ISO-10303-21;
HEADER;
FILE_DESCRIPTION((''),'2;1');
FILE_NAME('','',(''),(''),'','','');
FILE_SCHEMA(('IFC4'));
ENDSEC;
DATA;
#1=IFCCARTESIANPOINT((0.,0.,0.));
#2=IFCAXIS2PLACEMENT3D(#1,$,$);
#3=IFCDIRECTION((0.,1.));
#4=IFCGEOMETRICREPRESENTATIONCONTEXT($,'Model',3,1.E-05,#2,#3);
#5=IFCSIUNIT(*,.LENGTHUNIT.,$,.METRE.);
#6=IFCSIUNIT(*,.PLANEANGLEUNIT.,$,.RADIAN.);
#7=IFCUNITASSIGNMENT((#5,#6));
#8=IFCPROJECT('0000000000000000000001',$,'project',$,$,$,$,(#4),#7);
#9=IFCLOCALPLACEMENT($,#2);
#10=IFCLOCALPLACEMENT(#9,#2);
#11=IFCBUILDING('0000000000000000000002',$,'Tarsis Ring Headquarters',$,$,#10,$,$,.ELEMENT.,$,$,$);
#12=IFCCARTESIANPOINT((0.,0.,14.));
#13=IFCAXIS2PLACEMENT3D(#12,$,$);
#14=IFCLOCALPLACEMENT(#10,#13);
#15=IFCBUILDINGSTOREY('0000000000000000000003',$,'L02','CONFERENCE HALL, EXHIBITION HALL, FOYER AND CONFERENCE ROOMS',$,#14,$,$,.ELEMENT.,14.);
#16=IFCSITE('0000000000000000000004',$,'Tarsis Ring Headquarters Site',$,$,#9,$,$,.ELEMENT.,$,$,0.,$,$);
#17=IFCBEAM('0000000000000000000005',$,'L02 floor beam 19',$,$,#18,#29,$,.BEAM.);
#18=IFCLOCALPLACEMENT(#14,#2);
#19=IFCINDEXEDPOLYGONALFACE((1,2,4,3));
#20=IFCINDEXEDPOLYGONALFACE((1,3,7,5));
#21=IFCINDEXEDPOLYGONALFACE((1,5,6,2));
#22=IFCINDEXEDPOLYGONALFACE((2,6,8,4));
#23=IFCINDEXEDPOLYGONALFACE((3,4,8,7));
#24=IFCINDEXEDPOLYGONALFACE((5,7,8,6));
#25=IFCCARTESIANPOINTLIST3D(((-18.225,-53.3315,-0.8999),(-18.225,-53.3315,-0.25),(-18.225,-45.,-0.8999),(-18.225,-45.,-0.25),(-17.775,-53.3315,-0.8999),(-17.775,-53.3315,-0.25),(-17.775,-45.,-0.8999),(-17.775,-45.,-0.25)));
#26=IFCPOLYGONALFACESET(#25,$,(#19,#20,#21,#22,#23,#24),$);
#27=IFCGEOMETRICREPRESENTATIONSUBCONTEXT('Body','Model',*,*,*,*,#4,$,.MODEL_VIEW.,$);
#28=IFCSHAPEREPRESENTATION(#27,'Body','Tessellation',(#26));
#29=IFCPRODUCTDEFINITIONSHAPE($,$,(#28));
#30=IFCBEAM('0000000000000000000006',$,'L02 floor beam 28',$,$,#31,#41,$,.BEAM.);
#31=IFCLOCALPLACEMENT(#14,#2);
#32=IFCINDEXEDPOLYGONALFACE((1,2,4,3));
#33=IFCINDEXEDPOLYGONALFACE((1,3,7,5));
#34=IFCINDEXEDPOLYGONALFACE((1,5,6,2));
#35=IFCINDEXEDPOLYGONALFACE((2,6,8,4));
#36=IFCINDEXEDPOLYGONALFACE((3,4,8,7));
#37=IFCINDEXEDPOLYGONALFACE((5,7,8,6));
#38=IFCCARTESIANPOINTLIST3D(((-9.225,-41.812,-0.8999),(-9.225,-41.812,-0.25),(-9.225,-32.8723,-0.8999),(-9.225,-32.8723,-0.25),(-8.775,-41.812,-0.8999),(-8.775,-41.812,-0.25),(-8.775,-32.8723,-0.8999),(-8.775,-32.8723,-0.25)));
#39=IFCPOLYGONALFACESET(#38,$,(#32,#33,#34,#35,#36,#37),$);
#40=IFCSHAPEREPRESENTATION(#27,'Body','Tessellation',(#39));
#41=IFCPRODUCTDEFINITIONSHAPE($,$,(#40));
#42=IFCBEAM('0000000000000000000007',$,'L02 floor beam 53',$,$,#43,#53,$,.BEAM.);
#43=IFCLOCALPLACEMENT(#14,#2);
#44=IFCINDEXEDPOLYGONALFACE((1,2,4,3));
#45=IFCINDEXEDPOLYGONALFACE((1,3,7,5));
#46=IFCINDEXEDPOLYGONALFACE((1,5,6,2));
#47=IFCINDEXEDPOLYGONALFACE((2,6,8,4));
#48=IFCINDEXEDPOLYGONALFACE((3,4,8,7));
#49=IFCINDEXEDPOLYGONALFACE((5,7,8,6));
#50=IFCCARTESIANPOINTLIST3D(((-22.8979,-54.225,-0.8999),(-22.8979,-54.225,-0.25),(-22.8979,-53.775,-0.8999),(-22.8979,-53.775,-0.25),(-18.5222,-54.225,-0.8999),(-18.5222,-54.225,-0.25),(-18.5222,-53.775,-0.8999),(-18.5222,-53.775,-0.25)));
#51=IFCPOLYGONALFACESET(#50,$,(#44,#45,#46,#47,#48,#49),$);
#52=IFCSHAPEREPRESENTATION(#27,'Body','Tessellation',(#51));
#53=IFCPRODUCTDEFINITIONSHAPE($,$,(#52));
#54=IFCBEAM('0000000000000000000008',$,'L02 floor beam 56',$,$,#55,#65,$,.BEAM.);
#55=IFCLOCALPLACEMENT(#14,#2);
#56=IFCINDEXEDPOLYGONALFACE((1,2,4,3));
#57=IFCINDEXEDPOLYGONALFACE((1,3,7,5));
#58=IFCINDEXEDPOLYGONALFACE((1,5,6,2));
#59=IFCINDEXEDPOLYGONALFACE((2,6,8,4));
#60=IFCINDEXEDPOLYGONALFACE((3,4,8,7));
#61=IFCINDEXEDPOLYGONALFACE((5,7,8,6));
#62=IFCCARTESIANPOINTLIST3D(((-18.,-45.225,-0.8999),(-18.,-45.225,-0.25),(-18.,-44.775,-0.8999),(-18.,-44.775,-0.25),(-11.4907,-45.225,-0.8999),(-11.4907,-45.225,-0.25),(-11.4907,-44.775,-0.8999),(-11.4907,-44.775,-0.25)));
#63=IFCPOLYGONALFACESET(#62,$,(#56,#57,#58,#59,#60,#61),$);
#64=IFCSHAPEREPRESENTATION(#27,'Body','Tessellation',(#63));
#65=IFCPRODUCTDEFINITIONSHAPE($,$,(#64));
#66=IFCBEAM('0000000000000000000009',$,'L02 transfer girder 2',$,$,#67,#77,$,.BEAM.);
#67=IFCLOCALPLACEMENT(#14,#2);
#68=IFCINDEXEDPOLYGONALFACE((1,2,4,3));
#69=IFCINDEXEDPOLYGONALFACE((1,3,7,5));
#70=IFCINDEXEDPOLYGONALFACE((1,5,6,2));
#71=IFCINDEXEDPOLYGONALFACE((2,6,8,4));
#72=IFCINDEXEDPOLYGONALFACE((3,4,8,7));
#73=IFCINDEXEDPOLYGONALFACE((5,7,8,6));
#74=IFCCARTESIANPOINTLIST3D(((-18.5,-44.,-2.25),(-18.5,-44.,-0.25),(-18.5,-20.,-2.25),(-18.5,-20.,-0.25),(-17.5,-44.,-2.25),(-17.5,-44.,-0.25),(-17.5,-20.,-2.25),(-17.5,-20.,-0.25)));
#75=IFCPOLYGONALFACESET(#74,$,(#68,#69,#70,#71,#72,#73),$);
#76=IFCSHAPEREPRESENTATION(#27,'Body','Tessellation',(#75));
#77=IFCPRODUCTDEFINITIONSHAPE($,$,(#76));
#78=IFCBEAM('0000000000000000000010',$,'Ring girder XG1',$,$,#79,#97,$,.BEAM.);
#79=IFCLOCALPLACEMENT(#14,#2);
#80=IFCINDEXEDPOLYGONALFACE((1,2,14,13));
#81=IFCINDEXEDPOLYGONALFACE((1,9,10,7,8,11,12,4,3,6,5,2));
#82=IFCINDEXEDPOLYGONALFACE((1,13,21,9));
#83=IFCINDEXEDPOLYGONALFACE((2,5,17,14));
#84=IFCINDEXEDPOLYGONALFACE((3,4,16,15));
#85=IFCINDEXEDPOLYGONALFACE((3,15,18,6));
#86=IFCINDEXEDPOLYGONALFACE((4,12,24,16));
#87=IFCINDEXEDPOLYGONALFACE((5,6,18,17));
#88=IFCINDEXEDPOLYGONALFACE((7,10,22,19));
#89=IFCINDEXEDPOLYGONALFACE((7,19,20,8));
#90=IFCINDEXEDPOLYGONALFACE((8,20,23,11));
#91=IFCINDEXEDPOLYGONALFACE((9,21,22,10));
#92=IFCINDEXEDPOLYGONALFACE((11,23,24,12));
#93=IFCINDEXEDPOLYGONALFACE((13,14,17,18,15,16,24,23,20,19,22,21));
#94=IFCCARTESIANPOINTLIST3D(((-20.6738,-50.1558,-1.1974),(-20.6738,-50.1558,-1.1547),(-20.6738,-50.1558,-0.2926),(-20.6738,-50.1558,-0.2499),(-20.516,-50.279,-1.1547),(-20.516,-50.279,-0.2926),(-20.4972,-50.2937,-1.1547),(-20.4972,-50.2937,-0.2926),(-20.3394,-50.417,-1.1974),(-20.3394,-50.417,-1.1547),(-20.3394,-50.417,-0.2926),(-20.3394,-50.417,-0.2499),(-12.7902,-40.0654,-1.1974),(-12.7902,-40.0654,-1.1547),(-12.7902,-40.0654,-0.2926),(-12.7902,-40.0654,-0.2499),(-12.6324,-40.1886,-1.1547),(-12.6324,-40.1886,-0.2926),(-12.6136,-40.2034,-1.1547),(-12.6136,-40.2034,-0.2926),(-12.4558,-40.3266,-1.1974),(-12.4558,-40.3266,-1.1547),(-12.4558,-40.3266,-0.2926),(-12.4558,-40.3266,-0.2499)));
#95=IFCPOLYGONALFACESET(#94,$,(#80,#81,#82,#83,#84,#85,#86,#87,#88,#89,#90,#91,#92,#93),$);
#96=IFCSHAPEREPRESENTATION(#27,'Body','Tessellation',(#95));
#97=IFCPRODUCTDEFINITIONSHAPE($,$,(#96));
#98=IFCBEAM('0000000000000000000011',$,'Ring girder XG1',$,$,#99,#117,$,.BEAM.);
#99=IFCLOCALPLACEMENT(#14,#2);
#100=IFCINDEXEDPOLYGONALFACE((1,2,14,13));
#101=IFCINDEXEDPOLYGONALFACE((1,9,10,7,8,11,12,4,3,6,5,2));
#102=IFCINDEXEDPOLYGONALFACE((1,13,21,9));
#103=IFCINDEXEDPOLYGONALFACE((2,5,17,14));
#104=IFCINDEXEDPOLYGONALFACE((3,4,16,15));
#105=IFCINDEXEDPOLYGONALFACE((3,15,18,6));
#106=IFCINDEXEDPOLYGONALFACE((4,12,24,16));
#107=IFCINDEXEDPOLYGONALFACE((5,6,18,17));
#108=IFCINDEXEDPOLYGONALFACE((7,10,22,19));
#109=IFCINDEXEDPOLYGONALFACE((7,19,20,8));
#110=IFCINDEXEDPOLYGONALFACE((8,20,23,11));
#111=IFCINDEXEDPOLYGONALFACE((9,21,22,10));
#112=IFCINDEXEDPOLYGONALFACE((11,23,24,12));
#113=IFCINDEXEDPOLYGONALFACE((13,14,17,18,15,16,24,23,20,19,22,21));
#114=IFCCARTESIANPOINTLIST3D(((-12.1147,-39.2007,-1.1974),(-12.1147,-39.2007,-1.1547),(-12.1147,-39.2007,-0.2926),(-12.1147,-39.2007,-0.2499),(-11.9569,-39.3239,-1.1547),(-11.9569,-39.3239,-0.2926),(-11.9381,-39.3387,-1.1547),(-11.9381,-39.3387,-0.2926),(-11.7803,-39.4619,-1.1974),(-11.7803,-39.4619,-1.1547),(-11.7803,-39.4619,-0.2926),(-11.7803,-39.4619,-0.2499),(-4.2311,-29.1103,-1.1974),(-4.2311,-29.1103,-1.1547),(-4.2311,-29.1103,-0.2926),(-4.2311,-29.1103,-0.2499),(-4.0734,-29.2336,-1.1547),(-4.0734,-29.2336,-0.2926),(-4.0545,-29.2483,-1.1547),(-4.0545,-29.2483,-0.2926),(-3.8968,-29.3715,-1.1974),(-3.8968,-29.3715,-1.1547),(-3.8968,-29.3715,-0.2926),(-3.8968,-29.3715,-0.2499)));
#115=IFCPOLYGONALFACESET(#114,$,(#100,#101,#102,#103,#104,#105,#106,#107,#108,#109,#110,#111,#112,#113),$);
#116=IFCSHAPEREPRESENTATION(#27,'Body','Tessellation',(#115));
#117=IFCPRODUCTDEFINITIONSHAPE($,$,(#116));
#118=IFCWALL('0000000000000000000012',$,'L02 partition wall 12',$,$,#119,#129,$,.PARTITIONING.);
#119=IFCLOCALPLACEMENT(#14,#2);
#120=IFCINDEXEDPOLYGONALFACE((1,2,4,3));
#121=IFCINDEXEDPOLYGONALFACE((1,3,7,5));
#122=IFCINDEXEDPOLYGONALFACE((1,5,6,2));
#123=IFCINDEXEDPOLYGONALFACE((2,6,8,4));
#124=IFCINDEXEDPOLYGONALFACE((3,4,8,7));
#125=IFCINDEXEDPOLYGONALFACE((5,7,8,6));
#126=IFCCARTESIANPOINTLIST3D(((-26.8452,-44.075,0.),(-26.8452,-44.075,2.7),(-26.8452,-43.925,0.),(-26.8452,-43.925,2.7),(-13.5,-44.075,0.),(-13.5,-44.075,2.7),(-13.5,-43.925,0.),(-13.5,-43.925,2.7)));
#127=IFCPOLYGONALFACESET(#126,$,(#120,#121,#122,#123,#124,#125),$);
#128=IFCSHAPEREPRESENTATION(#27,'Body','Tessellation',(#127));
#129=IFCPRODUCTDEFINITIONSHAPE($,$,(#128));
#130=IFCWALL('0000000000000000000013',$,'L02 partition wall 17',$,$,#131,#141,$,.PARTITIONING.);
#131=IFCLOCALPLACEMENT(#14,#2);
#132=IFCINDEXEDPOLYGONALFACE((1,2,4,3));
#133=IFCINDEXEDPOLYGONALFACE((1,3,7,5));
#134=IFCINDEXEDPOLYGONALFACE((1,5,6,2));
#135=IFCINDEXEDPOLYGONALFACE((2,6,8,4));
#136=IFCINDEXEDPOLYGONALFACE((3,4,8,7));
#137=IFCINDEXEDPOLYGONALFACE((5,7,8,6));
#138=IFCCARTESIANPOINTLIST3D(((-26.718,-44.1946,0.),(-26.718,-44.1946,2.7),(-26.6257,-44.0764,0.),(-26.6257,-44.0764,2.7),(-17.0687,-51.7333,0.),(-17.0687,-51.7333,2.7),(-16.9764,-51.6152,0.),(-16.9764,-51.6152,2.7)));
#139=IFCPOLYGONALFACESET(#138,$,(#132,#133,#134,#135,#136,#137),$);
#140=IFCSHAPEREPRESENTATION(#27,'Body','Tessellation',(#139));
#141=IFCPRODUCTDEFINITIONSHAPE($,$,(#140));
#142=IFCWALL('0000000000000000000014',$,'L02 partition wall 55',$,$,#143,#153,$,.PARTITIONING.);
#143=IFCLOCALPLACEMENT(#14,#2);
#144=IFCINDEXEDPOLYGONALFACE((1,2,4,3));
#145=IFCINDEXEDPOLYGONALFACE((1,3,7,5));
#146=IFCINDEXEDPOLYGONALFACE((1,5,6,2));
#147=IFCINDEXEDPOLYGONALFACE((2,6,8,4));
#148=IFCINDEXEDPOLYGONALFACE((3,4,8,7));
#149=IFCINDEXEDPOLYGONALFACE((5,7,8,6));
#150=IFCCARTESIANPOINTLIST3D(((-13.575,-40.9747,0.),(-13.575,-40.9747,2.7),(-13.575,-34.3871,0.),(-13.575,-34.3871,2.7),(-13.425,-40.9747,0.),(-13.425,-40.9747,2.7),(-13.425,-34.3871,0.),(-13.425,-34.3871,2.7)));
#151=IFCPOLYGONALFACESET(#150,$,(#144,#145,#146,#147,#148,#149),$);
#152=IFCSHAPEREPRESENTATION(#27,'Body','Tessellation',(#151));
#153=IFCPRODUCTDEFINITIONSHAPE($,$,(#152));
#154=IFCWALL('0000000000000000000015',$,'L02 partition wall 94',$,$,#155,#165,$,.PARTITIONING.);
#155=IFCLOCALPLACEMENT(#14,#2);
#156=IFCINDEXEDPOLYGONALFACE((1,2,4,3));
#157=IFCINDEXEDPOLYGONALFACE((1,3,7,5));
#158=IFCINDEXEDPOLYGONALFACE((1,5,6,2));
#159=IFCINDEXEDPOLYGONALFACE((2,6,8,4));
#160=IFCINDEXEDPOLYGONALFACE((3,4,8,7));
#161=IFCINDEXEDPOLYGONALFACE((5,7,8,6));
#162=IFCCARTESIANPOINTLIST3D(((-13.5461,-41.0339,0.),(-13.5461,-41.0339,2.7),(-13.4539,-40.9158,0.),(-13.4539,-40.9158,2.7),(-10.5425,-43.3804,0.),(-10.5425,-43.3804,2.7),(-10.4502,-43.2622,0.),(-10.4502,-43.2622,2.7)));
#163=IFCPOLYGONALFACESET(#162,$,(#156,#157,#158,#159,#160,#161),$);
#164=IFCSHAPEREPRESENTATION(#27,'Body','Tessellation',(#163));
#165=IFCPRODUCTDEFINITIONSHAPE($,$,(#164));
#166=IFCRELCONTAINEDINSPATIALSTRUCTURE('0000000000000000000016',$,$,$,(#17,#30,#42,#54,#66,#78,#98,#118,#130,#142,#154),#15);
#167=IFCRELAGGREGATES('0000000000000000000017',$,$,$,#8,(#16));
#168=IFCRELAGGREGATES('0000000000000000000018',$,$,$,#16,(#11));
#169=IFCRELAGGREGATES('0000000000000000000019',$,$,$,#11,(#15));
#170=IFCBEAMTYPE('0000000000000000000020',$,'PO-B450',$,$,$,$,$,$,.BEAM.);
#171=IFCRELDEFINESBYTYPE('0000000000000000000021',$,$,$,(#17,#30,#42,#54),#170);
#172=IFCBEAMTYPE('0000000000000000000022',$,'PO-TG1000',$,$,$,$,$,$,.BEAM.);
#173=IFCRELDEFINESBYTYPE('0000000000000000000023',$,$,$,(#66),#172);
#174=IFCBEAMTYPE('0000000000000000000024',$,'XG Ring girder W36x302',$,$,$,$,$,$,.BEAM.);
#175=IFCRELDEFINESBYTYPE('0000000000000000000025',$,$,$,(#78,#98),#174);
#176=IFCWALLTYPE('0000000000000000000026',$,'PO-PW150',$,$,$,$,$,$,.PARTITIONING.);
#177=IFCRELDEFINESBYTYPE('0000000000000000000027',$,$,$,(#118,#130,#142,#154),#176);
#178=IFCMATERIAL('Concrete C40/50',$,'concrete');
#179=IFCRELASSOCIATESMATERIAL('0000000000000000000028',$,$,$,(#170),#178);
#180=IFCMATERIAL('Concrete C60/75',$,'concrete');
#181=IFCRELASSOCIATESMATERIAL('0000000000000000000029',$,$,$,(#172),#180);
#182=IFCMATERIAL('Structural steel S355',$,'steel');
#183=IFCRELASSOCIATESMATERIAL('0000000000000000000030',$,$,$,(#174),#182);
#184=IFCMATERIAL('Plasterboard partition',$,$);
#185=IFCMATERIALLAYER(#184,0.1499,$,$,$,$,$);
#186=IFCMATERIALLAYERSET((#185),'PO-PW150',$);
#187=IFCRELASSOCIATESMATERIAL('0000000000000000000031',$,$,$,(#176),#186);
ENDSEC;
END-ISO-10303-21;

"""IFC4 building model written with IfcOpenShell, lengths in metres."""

from ifc_helpers import new_model, si_unit, direction, frame, frame_2d, origin, origin_2d, place, context, subcontext, project, spatial, rectangle, i_section, extrude, material, layer, layer_set, material_profile, profile_set, type_object, element, save


model = new_model("IFC4")

# Units and contexts
model_context = context("Model", 3, precision=1e-05, world=origin(), true_north=direction((0.0, 1.0)))
body_context = subcontext(model_context, "Body", "Model", "MODEL_VIEW")
ifc_project = project(units=[si_unit("LENGTHUNIT", "METRE"), si_unit("PLANEANGLEUNIT", "RADIAN")], contexts=[model_context])

# Site, building, storey
site_placement = place(None, origin())
site = spatial("IfcSite", under=ifc_project, at=site_placement, Name="Tarsis Ring Headquarters Site", CompositionType="ELEMENT", RefElevation=0.0)
building_placement = place(site_placement, origin())
building = spatial("IfcBuilding", under=site, at=building_placement, Name="Tarsis Ring Headquarters", CompositionType="ELEMENT")
storey_placement = place(building_placement, frame((0.0, 0.0, 14.0)))
storey = spatial("IfcBuildingStorey", under=building, at=storey_placement, Name="L02", Description="CONFERENCE HALL, EXHIBITION HALL, FOYER AND CONFERENCE ROOMS", CompositionType="ELEMENT", Elevation=14.0)

# Shared definitions
ifc_material_1 = material(Name="Concrete C60/75", Category="concrete")

# Beams
ifc_material_2 = material(Name="Concrete C40/50", Category="concrete")
ifc_material_profile_1 = material_profile(ifc_material_2, rectangle(XDim=0.45, YDim=0.6499, at=origin_2d()), Name="PO-B450")
ifc_profile_set_1 = profile_set([ifc_material_profile_1], Name="Concrete C40/50")
beam_type_1 = type_object("IfcBeamType", Name="PO-B450", PredefinedType="BEAM", material=ifc_profile_set_1)
beam_1_placement = place(storey_placement, frame((-18.0, -53.3315, -0.575), z_axis=(0.0, 1.0, 0.0), x_axis=(-1.0, 0.0, 0.0)))
element("IfcBeam", 1, at=beam_1_placement, inside=storey, type_object=beam_type_1, Name="L02 floor beam 19", PredefinedType="BEAM", context=body_context, shape_type="SweptSolid", body=[
    extrude(rectangle(XDim=0.45, YDim=0.6499, at=origin_2d()), origin(), (0.0, 0.0, 1.0), 8.3315),
])
beam_2_placement = place(storey_placement, frame((-9.0, -41.812, -0.575), z_axis=(0.0, 1.0, 0.0), x_axis=(-1.0, 0.0, 0.0)))
element("IfcBeam", 2, at=beam_2_placement, inside=storey, type_object=beam_type_1, Name="L02 floor beam 28", PredefinedType="BEAM", context=body_context, shape_type="SweptSolid", body=[
    extrude(rectangle(XDim=0.45, YDim=0.6499, at=origin_2d()), origin(), (0.0, 0.0, 1.0), 8.9397),
])
beam_3_placement = place(storey_placement, frame((-22.8979, -54.0, -0.575), z_axis=(1.0, 0.0, 0.0), x_axis=(0.0, 1.0, 0.0)))
element("IfcBeam", 3, at=beam_3_placement, inside=storey, type_object=beam_type_1, Name="L02 floor beam 53", PredefinedType="BEAM", context=body_context, shape_type="SweptSolid", body=[
    extrude(rectangle(XDim=0.45, YDim=0.6499, at=origin_2d()), origin(), (0.0, 0.0, 1.0), 4.3757),
])
beam_4_placement = place(storey_placement, frame((-18.0, -45.0, -0.575), z_axis=(1.0, 0.0, 0.0), x_axis=(0.0, 1.0, 0.0)))
element("IfcBeam", 4, at=beam_4_placement, inside=storey, type_object=beam_type_1, Name="L02 floor beam 56", PredefinedType="BEAM", context=body_context, shape_type="SweptSolid", body=[
    extrude(rectangle(XDim=0.45, YDim=0.6499, at=origin_2d()), origin(), (0.0, 0.0, 1.0), 6.5093),
])
ifc_material_profile_2 = material_profile(ifc_material_1, rectangle(XDim=1.0, YDim=2.0, at=origin_2d()), Name="PO-TG1000")
ifc_profile_set_2 = profile_set([ifc_material_profile_2], Name="Concrete C60/75")
beam_type_2 = type_object("IfcBeamType", Name="PO-TG1000", PredefinedType="BEAM", material=ifc_profile_set_2)
beam_5_placement = place(storey_placement, frame((-18.0, -44.0, -1.25), z_axis=(0.0, 1.0, 0.0), x_axis=(-1.0, 0.0, 0.0)))
element("IfcBeam", 5, at=beam_5_placement, inside=storey, type_object=beam_type_2, Name="L02 transfer girder 2", PredefinedType="BEAM", context=body_context, shape_type="SweptSolid", body=[
    extrude(rectangle(XDim=1.0, YDim=2.0, at=origin_2d()), origin(), (0.0, 0.0, 1.0), 24.0),
])
ifc_material_3 = material(Name="Structural steel S355", Category="steel")
ifc_material_profile_3 = material_profile(ifc_material_3, i_section(OverallWidth=0.4243, OverallDepth=0.9475, WebThickness=0.0239, FlangeThickness=0.0427, at=origin_2d()), Name="W36x302")
ifc_profile_set_3 = profile_set([ifc_material_profile_3], Name="Structural steel S355")
beam_type_3 = type_object("IfcBeamType", Name="XG Ring girder W36x302", PredefinedType="BEAM", material=ifc_profile_set_3)
for number, where, z_axis, x_axis, name in (
    (6, (-20.5066, -50.2864, -0.7236), (0.615667, 0.788006, 0.0), (-0.788006, 0.615667, 0.0), "Ring girder XG1"),
    (7, (-11.9475, -39.3313, -0.7236), (0.615667, 0.788006, 0.0), (-0.788006, 0.615667, 0.0), "Ring girder XG1"),
):
    element("IfcBeam", number, at=place(storey_placement, frame(where, z_axis=z_axis, x_axis=x_axis)), inside=storey, type_object=beam_type_3, Name=name, PredefinedType="BEAM", context=body_context, shape_type="SweptSolid", body=[
        extrude(i_section(OverallWidth=0.4243, OverallDepth=0.9475, WebThickness=0.0239, FlangeThickness=0.0427, at=origin_2d()), origin(), (0.0, 0.0, 1.0), 12.8049),
    ])

# Walls
ifc_material_4 = material(Name="Plasterboard partition")
ifc_layer_1 = layer(ifc_material_4, 0.1499)
ifc_layer_set_1 = layer_set([ifc_layer_1], Name="PO-PW150")
wall_type_1 = type_object("IfcWallType", Name="PO-PW150", PredefinedType="PARTITIONING", material=ifc_layer_set_1)
wall_1_placement = place(storey_placement, frame((-26.8452, -44.0, 0.0), z_axis=(0.0, 0.0, 1.0), x_axis=(1.0, 0.0, 0.0)))
element("IfcWall", 8, at=wall_1_placement, inside=storey, type_object=wall_type_1, Name="L02 partition wall 12", PredefinedType="PARTITIONING", context=body_context, shape_type="SweptSolid", body=[
    extrude(rectangle(XDim=13.3452, YDim=0.1499, at=frame_2d((6.6726, 0.0))), origin(), (0.0, 0.0, 1.0), 2.7),
])
wall_2_placement = place(storey_placement, frame((-26.6719, -44.1355, 0.0), z_axis=(0.0, 0.0, 1.0), x_axis=(0.788016, -0.615655, 0.0)))
element("IfcWall", 9, at=wall_2_placement, inside=storey, type_object=wall_type_1, Name="L02 partition wall 17", PredefinedType="PARTITIONING", context=body_context, shape_type="SweptSolid", body=[
    extrude(rectangle(XDim=12.2451, YDim=0.1499, at=frame_2d((6.1226, 0.0))), origin(), (0.0, 0.0, 1.0), 2.7),
])
wall_3_placement = place(storey_placement, frame((-13.5, -40.9749, 0.0), z_axis=(0.0, 0.0, 1.0), x_axis=(0.0, 1.0, 0.0)))
element("IfcWall", 10, at=wall_3_placement, inside=storey, type_object=wall_type_1, Name="L02 partition wall 55", PredefinedType="PARTITIONING", context=body_context, shape_type="SweptSolid", body=[
    extrude(rectangle(XDim=6.5876, YDim=0.1499, at=frame_2d((3.2939, 0.0))), origin(), (0.0, 0.0, 1.0), 2.7),
])
wall_4_placement = place(storey_placement, frame((-13.5, -40.9749, 0.0), z_axis=(0.0, 0.0, 1.0), x_axis=(0.788047, -0.615615, 0.0)))
element("IfcWall", 11, at=wall_4_placement, inside=storey, type_object=wall_type_1, Name="L02 partition wall 94", PredefinedType="PARTITIONING", context=body_context, shape_type="SweptSolid", body=[
    extrude(rectangle(XDim=3.8115, YDim=0.1499, at=frame_2d((1.9058, 0.0))), origin(), (0.0, 0.0, 1.0), 2.7),
])

save(model, "model.ifc")
